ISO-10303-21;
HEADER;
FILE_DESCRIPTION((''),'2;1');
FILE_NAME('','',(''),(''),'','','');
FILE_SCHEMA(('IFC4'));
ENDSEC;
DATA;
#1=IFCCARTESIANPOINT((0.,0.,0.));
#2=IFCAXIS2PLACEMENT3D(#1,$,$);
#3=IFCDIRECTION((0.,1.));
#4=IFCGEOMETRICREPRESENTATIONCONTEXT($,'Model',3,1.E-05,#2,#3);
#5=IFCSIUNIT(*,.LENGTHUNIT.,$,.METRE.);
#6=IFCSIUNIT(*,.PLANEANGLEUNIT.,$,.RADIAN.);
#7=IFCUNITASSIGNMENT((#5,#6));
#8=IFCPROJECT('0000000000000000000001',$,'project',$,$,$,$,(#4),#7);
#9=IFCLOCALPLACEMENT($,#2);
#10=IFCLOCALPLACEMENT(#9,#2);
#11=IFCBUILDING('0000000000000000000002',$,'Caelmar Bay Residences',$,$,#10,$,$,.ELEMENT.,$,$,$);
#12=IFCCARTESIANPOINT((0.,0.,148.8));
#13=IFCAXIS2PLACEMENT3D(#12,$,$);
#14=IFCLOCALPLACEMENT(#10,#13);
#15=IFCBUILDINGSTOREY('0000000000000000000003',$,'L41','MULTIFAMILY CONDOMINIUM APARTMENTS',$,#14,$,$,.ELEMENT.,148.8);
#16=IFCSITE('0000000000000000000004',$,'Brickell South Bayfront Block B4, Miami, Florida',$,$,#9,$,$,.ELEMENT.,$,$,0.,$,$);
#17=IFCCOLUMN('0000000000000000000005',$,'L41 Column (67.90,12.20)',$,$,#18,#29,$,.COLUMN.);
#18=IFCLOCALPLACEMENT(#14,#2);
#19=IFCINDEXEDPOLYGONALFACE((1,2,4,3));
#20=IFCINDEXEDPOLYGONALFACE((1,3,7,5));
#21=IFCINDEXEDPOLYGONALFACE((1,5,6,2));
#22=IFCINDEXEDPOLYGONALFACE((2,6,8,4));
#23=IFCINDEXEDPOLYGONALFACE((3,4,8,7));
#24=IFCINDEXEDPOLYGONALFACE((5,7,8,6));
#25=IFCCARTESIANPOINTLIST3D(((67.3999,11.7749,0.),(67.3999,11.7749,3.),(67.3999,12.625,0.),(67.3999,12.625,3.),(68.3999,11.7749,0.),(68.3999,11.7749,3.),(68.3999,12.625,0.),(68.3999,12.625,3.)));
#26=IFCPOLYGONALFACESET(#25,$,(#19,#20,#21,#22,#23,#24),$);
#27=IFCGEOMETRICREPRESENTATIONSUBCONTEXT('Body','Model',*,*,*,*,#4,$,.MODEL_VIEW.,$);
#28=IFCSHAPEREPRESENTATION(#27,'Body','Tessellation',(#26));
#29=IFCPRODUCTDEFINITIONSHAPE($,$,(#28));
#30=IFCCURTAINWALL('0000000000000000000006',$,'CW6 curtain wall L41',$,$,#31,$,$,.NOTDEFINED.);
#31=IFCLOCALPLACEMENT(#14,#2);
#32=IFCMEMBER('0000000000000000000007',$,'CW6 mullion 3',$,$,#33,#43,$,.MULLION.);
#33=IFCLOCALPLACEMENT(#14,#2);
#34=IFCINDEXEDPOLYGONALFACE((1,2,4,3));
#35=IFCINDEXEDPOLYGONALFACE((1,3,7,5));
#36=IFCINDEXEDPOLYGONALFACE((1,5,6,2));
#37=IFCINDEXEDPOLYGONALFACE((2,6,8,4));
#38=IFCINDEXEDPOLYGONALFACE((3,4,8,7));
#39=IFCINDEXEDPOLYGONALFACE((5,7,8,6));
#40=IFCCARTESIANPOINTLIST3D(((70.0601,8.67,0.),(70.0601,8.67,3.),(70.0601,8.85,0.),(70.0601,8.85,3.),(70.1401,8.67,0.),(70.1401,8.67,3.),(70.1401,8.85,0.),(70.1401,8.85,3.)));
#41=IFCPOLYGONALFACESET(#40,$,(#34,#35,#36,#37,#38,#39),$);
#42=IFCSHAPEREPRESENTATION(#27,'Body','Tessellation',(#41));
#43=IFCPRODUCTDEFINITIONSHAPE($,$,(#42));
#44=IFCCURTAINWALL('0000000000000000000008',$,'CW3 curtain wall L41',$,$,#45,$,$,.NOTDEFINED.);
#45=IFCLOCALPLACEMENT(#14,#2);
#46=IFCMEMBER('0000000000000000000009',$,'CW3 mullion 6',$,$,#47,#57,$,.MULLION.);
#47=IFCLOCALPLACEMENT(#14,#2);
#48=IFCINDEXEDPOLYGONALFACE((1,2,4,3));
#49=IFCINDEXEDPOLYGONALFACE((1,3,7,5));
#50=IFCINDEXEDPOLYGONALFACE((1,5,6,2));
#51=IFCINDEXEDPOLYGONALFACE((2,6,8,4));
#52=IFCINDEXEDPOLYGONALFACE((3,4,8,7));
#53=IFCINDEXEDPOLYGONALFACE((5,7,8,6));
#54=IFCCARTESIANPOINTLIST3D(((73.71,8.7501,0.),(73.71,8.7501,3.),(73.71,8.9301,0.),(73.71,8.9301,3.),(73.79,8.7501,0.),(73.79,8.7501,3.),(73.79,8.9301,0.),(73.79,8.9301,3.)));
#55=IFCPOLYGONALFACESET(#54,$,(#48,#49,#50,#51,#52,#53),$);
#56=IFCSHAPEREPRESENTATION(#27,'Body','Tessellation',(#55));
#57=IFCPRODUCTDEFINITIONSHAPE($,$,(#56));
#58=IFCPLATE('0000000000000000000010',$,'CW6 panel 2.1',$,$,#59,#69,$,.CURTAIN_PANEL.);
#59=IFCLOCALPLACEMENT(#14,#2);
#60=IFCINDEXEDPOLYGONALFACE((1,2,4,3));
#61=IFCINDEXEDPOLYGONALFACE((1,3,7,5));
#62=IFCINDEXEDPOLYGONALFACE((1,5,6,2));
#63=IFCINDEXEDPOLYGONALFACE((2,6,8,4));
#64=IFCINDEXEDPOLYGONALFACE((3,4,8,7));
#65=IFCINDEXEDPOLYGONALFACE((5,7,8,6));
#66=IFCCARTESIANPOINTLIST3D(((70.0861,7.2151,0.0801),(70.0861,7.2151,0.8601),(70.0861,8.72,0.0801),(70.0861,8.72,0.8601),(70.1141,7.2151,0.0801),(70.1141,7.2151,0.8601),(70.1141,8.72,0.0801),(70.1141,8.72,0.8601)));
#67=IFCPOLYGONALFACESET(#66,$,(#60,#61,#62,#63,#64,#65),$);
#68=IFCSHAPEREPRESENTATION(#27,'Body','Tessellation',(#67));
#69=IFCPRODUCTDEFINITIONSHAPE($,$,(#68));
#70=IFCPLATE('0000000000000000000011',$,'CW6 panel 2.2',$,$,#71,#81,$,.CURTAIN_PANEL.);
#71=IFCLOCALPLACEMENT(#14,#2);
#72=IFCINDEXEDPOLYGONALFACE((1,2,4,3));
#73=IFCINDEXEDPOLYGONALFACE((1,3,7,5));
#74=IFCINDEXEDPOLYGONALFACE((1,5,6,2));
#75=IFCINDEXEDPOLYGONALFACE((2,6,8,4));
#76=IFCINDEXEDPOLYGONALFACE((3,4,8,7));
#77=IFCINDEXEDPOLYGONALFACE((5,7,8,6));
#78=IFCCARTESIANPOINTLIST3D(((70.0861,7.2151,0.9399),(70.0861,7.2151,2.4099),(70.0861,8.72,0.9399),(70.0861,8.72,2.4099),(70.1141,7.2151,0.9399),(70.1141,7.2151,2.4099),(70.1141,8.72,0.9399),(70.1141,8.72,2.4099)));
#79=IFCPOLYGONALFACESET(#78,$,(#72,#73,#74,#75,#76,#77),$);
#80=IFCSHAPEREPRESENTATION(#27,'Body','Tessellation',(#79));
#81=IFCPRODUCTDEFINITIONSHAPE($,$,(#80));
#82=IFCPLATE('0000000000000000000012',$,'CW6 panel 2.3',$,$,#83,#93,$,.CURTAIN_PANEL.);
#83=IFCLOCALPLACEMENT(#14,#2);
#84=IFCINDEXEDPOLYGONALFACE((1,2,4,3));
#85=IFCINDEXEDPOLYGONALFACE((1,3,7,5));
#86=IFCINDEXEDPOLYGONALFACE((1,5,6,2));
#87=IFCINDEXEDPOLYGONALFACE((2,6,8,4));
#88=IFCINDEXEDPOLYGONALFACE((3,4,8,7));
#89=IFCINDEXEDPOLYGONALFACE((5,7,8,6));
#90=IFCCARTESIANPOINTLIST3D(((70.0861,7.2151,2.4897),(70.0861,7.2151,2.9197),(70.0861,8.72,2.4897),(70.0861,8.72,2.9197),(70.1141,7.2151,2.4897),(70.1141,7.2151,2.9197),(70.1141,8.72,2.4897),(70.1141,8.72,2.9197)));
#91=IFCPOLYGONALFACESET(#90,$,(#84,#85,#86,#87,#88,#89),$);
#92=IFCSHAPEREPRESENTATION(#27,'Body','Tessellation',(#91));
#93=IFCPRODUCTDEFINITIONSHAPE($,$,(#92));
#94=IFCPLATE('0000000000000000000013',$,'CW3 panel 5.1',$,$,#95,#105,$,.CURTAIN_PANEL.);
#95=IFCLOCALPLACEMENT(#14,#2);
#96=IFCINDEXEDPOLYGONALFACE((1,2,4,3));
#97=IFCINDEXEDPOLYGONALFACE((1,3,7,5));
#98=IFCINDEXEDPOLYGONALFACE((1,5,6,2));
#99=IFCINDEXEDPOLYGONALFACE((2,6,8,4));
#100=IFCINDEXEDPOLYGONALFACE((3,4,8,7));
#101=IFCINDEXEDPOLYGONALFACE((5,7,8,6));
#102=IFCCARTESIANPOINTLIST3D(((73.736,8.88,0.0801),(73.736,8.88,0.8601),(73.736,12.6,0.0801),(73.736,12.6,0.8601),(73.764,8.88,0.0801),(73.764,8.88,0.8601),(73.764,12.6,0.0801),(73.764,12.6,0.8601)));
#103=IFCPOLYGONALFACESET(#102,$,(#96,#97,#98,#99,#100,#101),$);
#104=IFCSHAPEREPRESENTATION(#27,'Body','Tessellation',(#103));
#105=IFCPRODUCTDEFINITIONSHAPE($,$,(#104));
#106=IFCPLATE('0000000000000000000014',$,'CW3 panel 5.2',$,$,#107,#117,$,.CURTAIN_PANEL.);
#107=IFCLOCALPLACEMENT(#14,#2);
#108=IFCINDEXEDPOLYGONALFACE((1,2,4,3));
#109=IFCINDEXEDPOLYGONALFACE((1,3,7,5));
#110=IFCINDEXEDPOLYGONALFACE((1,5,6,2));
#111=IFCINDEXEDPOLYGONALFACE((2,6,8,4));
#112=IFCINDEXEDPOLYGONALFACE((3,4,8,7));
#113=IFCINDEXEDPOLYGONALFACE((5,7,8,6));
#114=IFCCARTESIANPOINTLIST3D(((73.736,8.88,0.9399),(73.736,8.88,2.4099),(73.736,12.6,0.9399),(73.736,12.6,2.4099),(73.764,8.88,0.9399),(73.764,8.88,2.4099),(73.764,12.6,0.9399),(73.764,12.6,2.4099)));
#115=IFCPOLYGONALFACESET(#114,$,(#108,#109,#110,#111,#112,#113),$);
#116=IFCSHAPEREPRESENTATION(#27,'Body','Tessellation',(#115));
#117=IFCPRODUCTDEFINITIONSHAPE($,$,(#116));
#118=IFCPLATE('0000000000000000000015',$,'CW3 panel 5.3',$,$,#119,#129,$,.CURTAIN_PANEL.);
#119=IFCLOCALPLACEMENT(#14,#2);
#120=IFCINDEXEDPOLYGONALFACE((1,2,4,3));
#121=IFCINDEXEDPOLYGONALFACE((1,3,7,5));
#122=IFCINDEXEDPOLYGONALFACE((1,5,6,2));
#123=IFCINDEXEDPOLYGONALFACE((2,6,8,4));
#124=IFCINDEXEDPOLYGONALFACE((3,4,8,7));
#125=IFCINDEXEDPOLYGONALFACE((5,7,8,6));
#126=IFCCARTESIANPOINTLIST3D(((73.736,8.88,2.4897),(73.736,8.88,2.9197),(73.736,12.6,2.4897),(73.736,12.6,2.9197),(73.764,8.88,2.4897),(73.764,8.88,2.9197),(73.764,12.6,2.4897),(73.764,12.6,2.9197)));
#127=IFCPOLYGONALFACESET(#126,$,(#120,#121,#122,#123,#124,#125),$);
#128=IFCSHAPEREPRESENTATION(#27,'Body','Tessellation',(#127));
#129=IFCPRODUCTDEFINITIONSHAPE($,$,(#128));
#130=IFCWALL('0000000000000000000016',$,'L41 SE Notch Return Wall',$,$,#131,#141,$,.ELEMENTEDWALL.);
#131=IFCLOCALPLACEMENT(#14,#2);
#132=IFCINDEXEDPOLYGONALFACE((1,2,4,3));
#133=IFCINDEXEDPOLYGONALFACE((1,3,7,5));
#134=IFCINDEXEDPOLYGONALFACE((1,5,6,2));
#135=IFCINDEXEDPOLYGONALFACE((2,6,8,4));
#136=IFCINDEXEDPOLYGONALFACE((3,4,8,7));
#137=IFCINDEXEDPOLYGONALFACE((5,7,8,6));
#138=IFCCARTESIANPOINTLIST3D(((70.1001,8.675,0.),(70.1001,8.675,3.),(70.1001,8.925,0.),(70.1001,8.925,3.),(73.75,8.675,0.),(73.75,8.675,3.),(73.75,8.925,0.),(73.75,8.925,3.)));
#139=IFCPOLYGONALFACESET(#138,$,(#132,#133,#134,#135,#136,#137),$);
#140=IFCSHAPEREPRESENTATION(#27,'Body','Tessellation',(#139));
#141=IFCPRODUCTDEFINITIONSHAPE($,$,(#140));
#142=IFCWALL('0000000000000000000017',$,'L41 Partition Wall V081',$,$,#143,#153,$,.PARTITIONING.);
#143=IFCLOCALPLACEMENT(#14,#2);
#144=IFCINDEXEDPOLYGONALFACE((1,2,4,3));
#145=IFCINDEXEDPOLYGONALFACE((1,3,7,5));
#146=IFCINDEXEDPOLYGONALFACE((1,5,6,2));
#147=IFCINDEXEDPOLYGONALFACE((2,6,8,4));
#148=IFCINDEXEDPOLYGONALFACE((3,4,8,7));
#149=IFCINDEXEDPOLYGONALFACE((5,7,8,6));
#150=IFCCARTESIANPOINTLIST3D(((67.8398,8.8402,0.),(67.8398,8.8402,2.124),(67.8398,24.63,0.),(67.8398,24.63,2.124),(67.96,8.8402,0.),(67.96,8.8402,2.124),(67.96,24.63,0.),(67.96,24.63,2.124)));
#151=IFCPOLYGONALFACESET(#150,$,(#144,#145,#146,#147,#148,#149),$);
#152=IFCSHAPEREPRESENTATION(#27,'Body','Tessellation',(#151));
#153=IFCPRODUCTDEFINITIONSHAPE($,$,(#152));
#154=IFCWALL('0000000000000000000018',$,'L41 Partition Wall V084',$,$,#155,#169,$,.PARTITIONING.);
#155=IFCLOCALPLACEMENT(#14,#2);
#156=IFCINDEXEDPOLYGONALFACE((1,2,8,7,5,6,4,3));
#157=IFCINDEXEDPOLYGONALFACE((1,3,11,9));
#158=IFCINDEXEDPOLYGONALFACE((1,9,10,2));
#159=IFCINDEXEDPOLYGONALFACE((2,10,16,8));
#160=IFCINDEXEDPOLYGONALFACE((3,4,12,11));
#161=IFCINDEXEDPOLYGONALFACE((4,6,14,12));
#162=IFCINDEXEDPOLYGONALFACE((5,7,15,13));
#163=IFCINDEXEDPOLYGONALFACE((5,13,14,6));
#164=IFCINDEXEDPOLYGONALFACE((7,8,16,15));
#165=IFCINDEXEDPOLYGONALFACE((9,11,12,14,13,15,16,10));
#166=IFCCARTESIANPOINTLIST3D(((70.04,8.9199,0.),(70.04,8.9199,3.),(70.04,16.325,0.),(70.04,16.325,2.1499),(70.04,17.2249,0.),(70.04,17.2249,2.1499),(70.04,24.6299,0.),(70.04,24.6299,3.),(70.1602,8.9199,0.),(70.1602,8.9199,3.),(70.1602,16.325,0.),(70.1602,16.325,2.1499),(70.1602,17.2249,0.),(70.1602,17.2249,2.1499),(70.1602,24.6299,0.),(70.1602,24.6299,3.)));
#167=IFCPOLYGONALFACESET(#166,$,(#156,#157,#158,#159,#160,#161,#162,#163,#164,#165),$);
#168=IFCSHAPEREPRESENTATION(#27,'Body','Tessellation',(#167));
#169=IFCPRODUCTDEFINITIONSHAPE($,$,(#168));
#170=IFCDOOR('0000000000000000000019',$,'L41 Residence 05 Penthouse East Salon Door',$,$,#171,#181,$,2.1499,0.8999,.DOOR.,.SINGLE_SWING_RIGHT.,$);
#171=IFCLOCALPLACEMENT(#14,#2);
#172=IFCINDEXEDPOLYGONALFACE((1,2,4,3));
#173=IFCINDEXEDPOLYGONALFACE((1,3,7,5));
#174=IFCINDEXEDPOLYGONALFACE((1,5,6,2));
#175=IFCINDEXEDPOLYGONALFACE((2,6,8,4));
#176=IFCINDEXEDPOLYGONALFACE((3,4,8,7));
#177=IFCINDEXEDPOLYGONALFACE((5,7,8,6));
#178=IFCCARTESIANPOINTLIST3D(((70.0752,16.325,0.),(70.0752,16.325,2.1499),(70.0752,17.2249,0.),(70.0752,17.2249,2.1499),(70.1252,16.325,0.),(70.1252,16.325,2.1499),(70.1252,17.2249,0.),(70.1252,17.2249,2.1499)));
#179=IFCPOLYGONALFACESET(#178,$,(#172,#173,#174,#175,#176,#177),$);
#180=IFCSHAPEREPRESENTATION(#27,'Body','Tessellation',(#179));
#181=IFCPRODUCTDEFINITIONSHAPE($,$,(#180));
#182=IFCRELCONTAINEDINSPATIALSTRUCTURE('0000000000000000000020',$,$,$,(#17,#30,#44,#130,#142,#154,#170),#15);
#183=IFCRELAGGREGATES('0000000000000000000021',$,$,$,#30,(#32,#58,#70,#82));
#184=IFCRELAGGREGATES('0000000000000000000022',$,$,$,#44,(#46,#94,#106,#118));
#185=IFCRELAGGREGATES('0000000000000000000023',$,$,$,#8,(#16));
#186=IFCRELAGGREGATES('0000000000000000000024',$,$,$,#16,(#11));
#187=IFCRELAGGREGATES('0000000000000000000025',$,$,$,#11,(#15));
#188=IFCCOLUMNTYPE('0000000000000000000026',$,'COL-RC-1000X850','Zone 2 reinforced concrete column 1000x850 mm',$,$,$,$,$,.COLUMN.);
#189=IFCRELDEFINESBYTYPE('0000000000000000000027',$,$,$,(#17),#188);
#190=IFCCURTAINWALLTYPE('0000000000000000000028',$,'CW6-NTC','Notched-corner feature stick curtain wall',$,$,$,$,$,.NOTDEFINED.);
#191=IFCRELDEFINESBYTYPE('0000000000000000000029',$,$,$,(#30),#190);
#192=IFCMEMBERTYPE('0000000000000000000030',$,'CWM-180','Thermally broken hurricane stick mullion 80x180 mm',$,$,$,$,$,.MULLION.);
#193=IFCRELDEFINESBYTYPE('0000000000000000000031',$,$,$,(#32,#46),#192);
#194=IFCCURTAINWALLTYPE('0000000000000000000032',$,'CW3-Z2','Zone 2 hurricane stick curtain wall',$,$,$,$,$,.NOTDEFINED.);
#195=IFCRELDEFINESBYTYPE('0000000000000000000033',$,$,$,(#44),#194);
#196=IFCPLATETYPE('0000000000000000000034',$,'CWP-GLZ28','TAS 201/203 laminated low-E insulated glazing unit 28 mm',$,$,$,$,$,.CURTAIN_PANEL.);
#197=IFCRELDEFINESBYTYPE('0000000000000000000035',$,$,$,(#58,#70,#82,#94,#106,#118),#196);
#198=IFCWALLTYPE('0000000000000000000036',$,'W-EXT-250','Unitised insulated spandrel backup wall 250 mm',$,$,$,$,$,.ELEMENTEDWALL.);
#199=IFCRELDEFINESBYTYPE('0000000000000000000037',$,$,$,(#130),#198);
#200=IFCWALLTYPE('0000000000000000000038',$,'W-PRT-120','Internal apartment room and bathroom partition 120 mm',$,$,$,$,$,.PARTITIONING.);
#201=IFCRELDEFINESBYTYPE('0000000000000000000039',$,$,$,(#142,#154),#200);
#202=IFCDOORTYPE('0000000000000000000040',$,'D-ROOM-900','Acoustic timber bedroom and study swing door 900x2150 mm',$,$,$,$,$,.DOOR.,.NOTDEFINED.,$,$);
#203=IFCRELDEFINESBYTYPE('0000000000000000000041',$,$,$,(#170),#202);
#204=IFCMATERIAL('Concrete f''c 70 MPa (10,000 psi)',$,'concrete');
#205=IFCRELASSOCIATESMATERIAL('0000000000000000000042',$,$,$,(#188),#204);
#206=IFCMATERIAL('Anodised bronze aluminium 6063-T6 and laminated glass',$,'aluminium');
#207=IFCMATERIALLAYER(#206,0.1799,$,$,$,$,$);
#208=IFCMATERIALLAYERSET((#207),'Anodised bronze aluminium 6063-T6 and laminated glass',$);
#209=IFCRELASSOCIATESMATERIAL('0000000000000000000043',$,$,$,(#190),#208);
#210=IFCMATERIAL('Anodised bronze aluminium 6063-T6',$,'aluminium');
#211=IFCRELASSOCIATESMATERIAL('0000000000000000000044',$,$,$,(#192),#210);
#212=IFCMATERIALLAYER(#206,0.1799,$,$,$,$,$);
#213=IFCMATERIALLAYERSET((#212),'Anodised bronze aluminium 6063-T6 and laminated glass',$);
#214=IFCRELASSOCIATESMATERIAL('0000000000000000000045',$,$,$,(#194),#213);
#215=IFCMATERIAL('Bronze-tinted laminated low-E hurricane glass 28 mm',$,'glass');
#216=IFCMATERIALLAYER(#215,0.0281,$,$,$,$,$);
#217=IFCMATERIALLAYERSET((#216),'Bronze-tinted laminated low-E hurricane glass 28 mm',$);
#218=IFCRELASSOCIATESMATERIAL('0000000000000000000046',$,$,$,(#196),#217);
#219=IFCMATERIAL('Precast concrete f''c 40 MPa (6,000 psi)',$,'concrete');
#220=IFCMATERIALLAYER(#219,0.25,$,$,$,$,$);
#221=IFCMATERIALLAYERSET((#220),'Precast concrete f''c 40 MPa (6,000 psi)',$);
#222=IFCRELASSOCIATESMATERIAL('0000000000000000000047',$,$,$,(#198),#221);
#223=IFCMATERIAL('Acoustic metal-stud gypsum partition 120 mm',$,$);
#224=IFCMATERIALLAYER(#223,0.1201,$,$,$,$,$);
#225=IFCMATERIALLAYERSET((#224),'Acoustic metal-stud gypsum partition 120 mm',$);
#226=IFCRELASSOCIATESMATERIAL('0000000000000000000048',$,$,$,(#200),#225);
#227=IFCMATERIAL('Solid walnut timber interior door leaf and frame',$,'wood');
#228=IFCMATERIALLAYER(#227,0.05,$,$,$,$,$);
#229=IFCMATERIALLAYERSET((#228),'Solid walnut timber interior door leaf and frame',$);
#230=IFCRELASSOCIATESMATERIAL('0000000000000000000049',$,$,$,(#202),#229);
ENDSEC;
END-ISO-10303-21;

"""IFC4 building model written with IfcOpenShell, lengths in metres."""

from ifc_helpers import new_model, si_unit, direction, frame, frame_2d, origin, origin_2d, place, context, subcontext, project, spatial, rectangle, extrude, material, layer, layer_set, material_profile, profile_set, type_object, element, fill, aggregate, save


model = new_model("IFC4")

# Units and contexts
model_context = context("Model", 3, precision=1e-05, world=origin(), true_north=direction((0.0, 1.0)))
body_context = subcontext(model_context, "Body", "Model", "MODEL_VIEW")
ifc_project = project(units=[si_unit("LENGTHUNIT", "METRE"), si_unit("PLANEANGLEUNIT", "RADIAN")], contexts=[model_context])

# Site, building, storey
site_placement = place(None, origin())
site = spatial("IfcSite", under=ifc_project, at=site_placement, Name="Brickell South Bayfront Block B4, Miami, Florida", CompositionType="ELEMENT", RefElevation=0.0)
building_placement = place(site_placement, origin())
building = spatial("IfcBuilding", under=site, at=building_placement, Name="Caelmar Bay Residences", CompositionType="ELEMENT")
storey_placement = place(building_placement, frame((0.0, 0.0, 148.8)))
storey = spatial("IfcBuildingStorey", under=building, at=storey_placement, Name="L41", Description="MULTIFAMILY CONDOMINIUM APARTMENTS", CompositionType="ELEMENT", Elevation=148.8)

# Column
ifc_material_1 = material(Name="Concrete f'c 70 MPa (10,000 psi)", Category="concrete")
ifc_material_profile_1 = material_profile(ifc_material_1, rectangle(XDim=1.0, YDim=0.8501, at=origin_2d()), Name="RC-COL-1000X850")
ifc_profile_set_1 = profile_set([ifc_material_profile_1], Name="Concrete f'c 70 MPa (10,000 psi)")
column_type = type_object("IfcColumnType", Name="COL-RC-1000X850", Description="Zone 2 reinforced concrete column 1000x850 mm", PredefinedType="COLUMN", material=ifc_profile_set_1)
column_placement = place(storey_placement, frame((67.8999, 12.2, 0.0), z_axis=(0.0, 0.0, 1.0), x_axis=(1.0, 0.0, 0.0)))
element("IfcColumn", 1, at=column_placement, inside=storey, type_object=column_type, Name="L41 Column (67.90,12.20)", PredefinedType="COLUMN", context=body_context, shape_type="SweptSolid", body=[
    extrude(rectangle(XDim=1.0, YDim=0.8501, at=origin_2d()), origin(), (0.0, 0.0, 1.0), 3.0),
])

# Curtain walls, members
ifc_material_2 = material(Name="Anodised bronze aluminium 6063-T6 and laminated glass", Category="aluminium")
ifc_layer_1 = layer(ifc_material_2, 0.1799)
ifc_layer_set_1 = layer_set([ifc_layer_1], Name="Anodised bronze aluminium 6063-T6 and laminated glass")
curtain_wall_type_1 = type_object("IfcCurtainWallType", Name="CW6-NTC", Description="Notched-corner feature stick curtain wall", PredefinedType="NOTDEFINED", material=ifc_layer_set_1)
curtain_wall_1_placement = place(storey_placement, origin())
curtain_wall_1 = element("IfcCurtainWall", 2, at=curtain_wall_1_placement, inside=storey, type_object=curtain_wall_type_1, Name="CW6 curtain wall L41", PredefinedType="NOTDEFINED")
ifc_material_3 = material(Name="Anodised bronze aluminium 6063-T6", Category="aluminium")
ifc_material_profile_2 = material_profile(ifc_material_3, rectangle(XDim=0.0801, YDim=0.1799, at=origin_2d()), Name="CWM-80X180")
ifc_profile_set_2 = profile_set([ifc_material_profile_2], Name="Anodised bronze aluminium 6063-T6")
member_type = type_object("IfcMemberType", Name="CWM-180", Description="Thermally broken hurricane stick mullion 80x180 mm", PredefinedType="MULLION", material=ifc_profile_set_2)
member_1_placement = place(storey_placement, frame((70.1001, 8.76, 0.0), z_axis=(0.0, 0.0, 1.0), x_axis=(-1.0, 0.0, 0.0)))
member_1 = element("IfcMember", 3, at=member_1_placement, type_object=member_type, Name="CW6 mullion 3", PredefinedType="MULLION", context=body_context, shape_type="SweptSolid", body=[
    extrude(rectangle(XDim=0.0801, YDim=0.1799, at=origin_2d()), origin(), (0.0, 0.0, 1.0), 3.0),
])
ifc_layer_2 = layer(ifc_material_2, 0.1799)
ifc_layer_set_2 = layer_set([ifc_layer_2], Name="Anodised bronze aluminium 6063-T6 and laminated glass")
curtain_wall_type_2 = type_object("IfcCurtainWallType", Name="CW3-Z2", Description="Zone 2 hurricane stick curtain wall", PredefinedType="NOTDEFINED", material=ifc_layer_set_2)
curtain_wall_2_placement = place(storey_placement, origin())
curtain_wall_2 = element("IfcCurtainWall", 4, at=curtain_wall_2_placement, inside=storey, type_object=curtain_wall_type_2, Name="CW3 curtain wall L41", PredefinedType="NOTDEFINED")
member_2_placement = place(storey_placement, frame((73.75, 8.8401, 0.0), z_axis=(0.0, 0.0, 1.0), x_axis=(1.0, 0.0, 0.0)))
member_2 = element("IfcMember", 5, at=member_2_placement, type_object=member_type, Name="CW3 mullion 6", PredefinedType="MULLION", context=body_context, shape_type="SweptSolid", body=[
    extrude(rectangle(XDim=0.0801, YDim=0.1799, at=origin_2d()), origin(), (0.0, 0.0, 1.0), 3.0),
])

# Plates
ifc_material_4 = material(Name="Bronze-tinted laminated low-E hurricane glass 28 mm", Category="glass")
ifc_layer_3 = layer(ifc_material_4, 0.0281)
ifc_layer_set_3 = layer_set([ifc_layer_3], Name="Bronze-tinted laminated low-E hurricane glass 28 mm")
plate_type = type_object("IfcPlateType", Name="CWP-GLZ28", Description="TAS 201/203 laminated low-E insulated glazing unit 28 mm", PredefinedType="CURTAIN_PANEL", material=ifc_layer_set_3)
plate_1_placement = place(storey_placement, frame((70.1001, 7.9675, 0.0801), z_axis=(0.0, 0.0, 1.0), x_axis=(0.0, 1.0, 0.0)))
plate_1 = element("IfcPlate", 6, at=plate_1_placement, type_object=plate_type, Name="CW6 panel 2.1", PredefinedType="CURTAIN_PANEL", context=body_context, shape_type="SweptSolid", body=[
    extrude(rectangle(XDim=1.5049, YDim=0.0281, at=origin_2d()), origin(), (0.0, 0.0, 1.0), 0.78),
])
plate_2_placement = place(storey_placement, frame((70.1001, 7.9675, 0.9399), z_axis=(0.0, 0.0, 1.0), x_axis=(0.0, 1.0, 0.0)))
plate_2 = element("IfcPlate", 7, at=plate_2_placement, type_object=plate_type, Name="CW6 panel 2.2", PredefinedType="CURTAIN_PANEL", context=body_context, shape_type="SweptSolid", body=[
    extrude(rectangle(XDim=1.5049, YDim=0.0281, at=origin_2d()), origin(), (0.0, 0.0, 1.0), 1.47),
])
plate_3_placement = place(storey_placement, frame((70.1001, 7.9675, 2.4897), z_axis=(0.0, 0.0, 1.0), x_axis=(0.0, 1.0, 0.0)))
plate_3 = element("IfcPlate", 8, at=plate_3_placement, type_object=plate_type, Name="CW6 panel 2.3", PredefinedType="CURTAIN_PANEL", context=body_context, shape_type="SweptSolid", body=[
    extrude(rectangle(XDim=1.5049, YDim=0.0281, at=origin_2d()), origin(), (0.0, 0.0, 1.0), 0.4299),
])
aggregate(curtain_wall_1, [member_1, plate_1, plate_2, plate_3])
plate_4_placement = place(storey_placement, frame((73.75, 10.74, 0.0801), z_axis=(0.0, 0.0, 1.0), x_axis=(0.0, -1.0, 0.0)))
plate_4 = element("IfcPlate", 9, at=plate_4_placement, type_object=plate_type, Name="CW3 panel 5.1", PredefinedType="CURTAIN_PANEL", context=body_context, shape_type="SweptSolid", body=[
    extrude(rectangle(XDim=3.72, YDim=0.0281, at=origin_2d()), origin(), (0.0, 0.0, 1.0), 0.78),
])
plate_5_placement = place(storey_placement, frame((73.75, 10.74, 0.9399), z_axis=(0.0, 0.0, 1.0), x_axis=(0.0, -1.0, 0.0)))
plate_5 = element("IfcPlate", 10, at=plate_5_placement, type_object=plate_type, Name="CW3 panel 5.2", PredefinedType="CURTAIN_PANEL", context=body_context, shape_type="SweptSolid", body=[
    extrude(rectangle(XDim=3.72, YDim=0.0281, at=origin_2d()), origin(), (0.0, 0.0, 1.0), 1.47),
])
plate_6_placement = place(storey_placement, frame((73.75, 10.74, 2.4897), z_axis=(0.0, 0.0, 1.0), x_axis=(0.0, -1.0, 0.0)))
plate_6 = element("IfcPlate", 11, at=plate_6_placement, type_object=plate_type, Name="CW3 panel 5.3", PredefinedType="CURTAIN_PANEL", context=body_context, shape_type="SweptSolid", body=[
    extrude(rectangle(XDim=3.72, YDim=0.0281, at=origin_2d()), origin(), (0.0, 0.0, 1.0), 0.4299),
])
aggregate(curtain_wall_2, [member_2, plate_4, plate_5, plate_6])

# Walls
ifc_material_5 = material(Name="Precast concrete f'c 40 MPa (6,000 psi)", Category="concrete")
ifc_layer_4 = layer(ifc_material_5, 0.25)
ifc_layer_set_4 = layer_set([ifc_layer_4], Name="Precast concrete f'c 40 MPa (6,000 psi)")
wall_type_1 = type_object("IfcWallType", Name="W-EXT-250", Description="Unitised insulated spandrel backup wall 250 mm", PredefinedType="ELEMENTEDWALL", material=ifc_layer_set_4)
wall_1_placement = place(storey_placement, frame((70.1001, 8.8, 0.0), z_axis=(0.0, 0.0, 1.0), x_axis=(1.0, 0.0, 0.0)))
element("IfcWall", 12, at=wall_1_placement, inside=storey, type_object=wall_type_1, Name="L41 SE Notch Return Wall", PredefinedType="ELEMENTEDWALL", context=body_context, shape_type="SweptSolid", body=[
    extrude(rectangle(XDim=3.6499, YDim=0.25, at=frame_2d((1.825, 0.0))), origin(), (0.0, 0.0, 1.0), 3.0),
])
ifc_material_6 = material(Name="Acoustic metal-stud gypsum partition 120 mm")
ifc_layer_5 = layer(ifc_material_6, 0.1201)
ifc_layer_set_5 = layer_set([ifc_layer_5], Name="Acoustic metal-stud gypsum partition 120 mm")
wall_type_2 = type_object("IfcWallType", Name="W-PRT-120", Description="Internal apartment room and bathroom partition 120 mm", PredefinedType="PARTITIONING", material=ifc_layer_set_5)
wall_2_placement = place(storey_placement, frame((67.8999, 8.8401, 0.0), z_axis=(0.0, 0.0, 1.0), x_axis=(0.0, 1.0, 0.0)))
element("IfcWall", 13, at=wall_2_placement, inside=storey, type_object=wall_type_2, Name="L41 Partition Wall V081", PredefinedType="PARTITIONING", context=body_context, shape_type="SweptSolid", body=[
    extrude(rectangle(XDim=15.7898, YDim=0.1201, at=frame_2d((7.895, 0.0))), origin(), (0.0, 0.0, 1.0), 2.124),
])

# Wall, opening, door
wall_3_placement = place(storey_placement, frame((70.1001, 8.9199, 0.0), z_axis=(0.0, 0.0, 1.0), x_axis=(0.0, 1.0, 0.0)))
wall_3 = element("IfcWall", 14, at=wall_3_placement, inside=storey, type_object=wall_type_2, Name="L41 Partition Wall V084", PredefinedType="PARTITIONING", context=body_context, shape_type="SweptSolid", body=[
    extrude(rectangle(XDim=15.71, YDim=0.1201, at=frame_2d((7.855, 0.0))), origin(), (0.0, 0.0, 1.0), 3.0),
])
opening_placement = place(wall_3_placement, frame((7.405, 0.0, 0.0)))
opening = element("IfcOpeningElement", 15, at=opening_placement, cuts=wall_3, PredefinedType="OPENING", context=body_context, shape_type="SweptSolid", body=[
    extrude(rectangle(XDim=0.8999, YDim=2.1499, at=frame_2d((0.45, 1.075))), frame((0.0, 0.0701, 0.0), z_axis=(0.0, -1.0, 0.0), x_axis=(1.0, 0.0, 0.0)), (0.0, 0.0, 1.0), 0.1401),
])
ifc_material_7 = material(Name="Solid walnut timber interior door leaf and frame", Category="wood")
ifc_layer_6 = layer(ifc_material_7, 0.05)
ifc_layer_set_6 = layer_set([ifc_layer_6], Name="Solid walnut timber interior door leaf and frame")
door_type = type_object("IfcDoorType", Name="D-ROOM-900", Description="Acoustic timber bedroom and study swing door 900x2150 mm", OperationType="NOTDEFINED", PredefinedType="DOOR", material=ifc_layer_set_6)
door_placement = place(opening_placement, origin())
door = element("IfcDoor", 16, at=door_placement, inside=storey, type_object=door_type, Name="L41 Residence 05 Penthouse East Salon Door", OperationType="SINGLE_SWING_RIGHT", OverallHeight=2.1499, OverallWidth=0.8999, PredefinedType="DOOR", context=body_context, shape_type="SweptSolid", body=[
    extrude(rectangle(XDim=0.8999, YDim=2.1499, at=frame_2d((0.45, 1.075))), frame((0.0, 0.0249, 0.0), z_axis=(0.0, -1.0, 0.0), x_axis=(1.0, 0.0, 0.0)), (0.0, 0.0, 1.0), 0.05),
])
fill(opening, door)

save(model, "model.ifc")
